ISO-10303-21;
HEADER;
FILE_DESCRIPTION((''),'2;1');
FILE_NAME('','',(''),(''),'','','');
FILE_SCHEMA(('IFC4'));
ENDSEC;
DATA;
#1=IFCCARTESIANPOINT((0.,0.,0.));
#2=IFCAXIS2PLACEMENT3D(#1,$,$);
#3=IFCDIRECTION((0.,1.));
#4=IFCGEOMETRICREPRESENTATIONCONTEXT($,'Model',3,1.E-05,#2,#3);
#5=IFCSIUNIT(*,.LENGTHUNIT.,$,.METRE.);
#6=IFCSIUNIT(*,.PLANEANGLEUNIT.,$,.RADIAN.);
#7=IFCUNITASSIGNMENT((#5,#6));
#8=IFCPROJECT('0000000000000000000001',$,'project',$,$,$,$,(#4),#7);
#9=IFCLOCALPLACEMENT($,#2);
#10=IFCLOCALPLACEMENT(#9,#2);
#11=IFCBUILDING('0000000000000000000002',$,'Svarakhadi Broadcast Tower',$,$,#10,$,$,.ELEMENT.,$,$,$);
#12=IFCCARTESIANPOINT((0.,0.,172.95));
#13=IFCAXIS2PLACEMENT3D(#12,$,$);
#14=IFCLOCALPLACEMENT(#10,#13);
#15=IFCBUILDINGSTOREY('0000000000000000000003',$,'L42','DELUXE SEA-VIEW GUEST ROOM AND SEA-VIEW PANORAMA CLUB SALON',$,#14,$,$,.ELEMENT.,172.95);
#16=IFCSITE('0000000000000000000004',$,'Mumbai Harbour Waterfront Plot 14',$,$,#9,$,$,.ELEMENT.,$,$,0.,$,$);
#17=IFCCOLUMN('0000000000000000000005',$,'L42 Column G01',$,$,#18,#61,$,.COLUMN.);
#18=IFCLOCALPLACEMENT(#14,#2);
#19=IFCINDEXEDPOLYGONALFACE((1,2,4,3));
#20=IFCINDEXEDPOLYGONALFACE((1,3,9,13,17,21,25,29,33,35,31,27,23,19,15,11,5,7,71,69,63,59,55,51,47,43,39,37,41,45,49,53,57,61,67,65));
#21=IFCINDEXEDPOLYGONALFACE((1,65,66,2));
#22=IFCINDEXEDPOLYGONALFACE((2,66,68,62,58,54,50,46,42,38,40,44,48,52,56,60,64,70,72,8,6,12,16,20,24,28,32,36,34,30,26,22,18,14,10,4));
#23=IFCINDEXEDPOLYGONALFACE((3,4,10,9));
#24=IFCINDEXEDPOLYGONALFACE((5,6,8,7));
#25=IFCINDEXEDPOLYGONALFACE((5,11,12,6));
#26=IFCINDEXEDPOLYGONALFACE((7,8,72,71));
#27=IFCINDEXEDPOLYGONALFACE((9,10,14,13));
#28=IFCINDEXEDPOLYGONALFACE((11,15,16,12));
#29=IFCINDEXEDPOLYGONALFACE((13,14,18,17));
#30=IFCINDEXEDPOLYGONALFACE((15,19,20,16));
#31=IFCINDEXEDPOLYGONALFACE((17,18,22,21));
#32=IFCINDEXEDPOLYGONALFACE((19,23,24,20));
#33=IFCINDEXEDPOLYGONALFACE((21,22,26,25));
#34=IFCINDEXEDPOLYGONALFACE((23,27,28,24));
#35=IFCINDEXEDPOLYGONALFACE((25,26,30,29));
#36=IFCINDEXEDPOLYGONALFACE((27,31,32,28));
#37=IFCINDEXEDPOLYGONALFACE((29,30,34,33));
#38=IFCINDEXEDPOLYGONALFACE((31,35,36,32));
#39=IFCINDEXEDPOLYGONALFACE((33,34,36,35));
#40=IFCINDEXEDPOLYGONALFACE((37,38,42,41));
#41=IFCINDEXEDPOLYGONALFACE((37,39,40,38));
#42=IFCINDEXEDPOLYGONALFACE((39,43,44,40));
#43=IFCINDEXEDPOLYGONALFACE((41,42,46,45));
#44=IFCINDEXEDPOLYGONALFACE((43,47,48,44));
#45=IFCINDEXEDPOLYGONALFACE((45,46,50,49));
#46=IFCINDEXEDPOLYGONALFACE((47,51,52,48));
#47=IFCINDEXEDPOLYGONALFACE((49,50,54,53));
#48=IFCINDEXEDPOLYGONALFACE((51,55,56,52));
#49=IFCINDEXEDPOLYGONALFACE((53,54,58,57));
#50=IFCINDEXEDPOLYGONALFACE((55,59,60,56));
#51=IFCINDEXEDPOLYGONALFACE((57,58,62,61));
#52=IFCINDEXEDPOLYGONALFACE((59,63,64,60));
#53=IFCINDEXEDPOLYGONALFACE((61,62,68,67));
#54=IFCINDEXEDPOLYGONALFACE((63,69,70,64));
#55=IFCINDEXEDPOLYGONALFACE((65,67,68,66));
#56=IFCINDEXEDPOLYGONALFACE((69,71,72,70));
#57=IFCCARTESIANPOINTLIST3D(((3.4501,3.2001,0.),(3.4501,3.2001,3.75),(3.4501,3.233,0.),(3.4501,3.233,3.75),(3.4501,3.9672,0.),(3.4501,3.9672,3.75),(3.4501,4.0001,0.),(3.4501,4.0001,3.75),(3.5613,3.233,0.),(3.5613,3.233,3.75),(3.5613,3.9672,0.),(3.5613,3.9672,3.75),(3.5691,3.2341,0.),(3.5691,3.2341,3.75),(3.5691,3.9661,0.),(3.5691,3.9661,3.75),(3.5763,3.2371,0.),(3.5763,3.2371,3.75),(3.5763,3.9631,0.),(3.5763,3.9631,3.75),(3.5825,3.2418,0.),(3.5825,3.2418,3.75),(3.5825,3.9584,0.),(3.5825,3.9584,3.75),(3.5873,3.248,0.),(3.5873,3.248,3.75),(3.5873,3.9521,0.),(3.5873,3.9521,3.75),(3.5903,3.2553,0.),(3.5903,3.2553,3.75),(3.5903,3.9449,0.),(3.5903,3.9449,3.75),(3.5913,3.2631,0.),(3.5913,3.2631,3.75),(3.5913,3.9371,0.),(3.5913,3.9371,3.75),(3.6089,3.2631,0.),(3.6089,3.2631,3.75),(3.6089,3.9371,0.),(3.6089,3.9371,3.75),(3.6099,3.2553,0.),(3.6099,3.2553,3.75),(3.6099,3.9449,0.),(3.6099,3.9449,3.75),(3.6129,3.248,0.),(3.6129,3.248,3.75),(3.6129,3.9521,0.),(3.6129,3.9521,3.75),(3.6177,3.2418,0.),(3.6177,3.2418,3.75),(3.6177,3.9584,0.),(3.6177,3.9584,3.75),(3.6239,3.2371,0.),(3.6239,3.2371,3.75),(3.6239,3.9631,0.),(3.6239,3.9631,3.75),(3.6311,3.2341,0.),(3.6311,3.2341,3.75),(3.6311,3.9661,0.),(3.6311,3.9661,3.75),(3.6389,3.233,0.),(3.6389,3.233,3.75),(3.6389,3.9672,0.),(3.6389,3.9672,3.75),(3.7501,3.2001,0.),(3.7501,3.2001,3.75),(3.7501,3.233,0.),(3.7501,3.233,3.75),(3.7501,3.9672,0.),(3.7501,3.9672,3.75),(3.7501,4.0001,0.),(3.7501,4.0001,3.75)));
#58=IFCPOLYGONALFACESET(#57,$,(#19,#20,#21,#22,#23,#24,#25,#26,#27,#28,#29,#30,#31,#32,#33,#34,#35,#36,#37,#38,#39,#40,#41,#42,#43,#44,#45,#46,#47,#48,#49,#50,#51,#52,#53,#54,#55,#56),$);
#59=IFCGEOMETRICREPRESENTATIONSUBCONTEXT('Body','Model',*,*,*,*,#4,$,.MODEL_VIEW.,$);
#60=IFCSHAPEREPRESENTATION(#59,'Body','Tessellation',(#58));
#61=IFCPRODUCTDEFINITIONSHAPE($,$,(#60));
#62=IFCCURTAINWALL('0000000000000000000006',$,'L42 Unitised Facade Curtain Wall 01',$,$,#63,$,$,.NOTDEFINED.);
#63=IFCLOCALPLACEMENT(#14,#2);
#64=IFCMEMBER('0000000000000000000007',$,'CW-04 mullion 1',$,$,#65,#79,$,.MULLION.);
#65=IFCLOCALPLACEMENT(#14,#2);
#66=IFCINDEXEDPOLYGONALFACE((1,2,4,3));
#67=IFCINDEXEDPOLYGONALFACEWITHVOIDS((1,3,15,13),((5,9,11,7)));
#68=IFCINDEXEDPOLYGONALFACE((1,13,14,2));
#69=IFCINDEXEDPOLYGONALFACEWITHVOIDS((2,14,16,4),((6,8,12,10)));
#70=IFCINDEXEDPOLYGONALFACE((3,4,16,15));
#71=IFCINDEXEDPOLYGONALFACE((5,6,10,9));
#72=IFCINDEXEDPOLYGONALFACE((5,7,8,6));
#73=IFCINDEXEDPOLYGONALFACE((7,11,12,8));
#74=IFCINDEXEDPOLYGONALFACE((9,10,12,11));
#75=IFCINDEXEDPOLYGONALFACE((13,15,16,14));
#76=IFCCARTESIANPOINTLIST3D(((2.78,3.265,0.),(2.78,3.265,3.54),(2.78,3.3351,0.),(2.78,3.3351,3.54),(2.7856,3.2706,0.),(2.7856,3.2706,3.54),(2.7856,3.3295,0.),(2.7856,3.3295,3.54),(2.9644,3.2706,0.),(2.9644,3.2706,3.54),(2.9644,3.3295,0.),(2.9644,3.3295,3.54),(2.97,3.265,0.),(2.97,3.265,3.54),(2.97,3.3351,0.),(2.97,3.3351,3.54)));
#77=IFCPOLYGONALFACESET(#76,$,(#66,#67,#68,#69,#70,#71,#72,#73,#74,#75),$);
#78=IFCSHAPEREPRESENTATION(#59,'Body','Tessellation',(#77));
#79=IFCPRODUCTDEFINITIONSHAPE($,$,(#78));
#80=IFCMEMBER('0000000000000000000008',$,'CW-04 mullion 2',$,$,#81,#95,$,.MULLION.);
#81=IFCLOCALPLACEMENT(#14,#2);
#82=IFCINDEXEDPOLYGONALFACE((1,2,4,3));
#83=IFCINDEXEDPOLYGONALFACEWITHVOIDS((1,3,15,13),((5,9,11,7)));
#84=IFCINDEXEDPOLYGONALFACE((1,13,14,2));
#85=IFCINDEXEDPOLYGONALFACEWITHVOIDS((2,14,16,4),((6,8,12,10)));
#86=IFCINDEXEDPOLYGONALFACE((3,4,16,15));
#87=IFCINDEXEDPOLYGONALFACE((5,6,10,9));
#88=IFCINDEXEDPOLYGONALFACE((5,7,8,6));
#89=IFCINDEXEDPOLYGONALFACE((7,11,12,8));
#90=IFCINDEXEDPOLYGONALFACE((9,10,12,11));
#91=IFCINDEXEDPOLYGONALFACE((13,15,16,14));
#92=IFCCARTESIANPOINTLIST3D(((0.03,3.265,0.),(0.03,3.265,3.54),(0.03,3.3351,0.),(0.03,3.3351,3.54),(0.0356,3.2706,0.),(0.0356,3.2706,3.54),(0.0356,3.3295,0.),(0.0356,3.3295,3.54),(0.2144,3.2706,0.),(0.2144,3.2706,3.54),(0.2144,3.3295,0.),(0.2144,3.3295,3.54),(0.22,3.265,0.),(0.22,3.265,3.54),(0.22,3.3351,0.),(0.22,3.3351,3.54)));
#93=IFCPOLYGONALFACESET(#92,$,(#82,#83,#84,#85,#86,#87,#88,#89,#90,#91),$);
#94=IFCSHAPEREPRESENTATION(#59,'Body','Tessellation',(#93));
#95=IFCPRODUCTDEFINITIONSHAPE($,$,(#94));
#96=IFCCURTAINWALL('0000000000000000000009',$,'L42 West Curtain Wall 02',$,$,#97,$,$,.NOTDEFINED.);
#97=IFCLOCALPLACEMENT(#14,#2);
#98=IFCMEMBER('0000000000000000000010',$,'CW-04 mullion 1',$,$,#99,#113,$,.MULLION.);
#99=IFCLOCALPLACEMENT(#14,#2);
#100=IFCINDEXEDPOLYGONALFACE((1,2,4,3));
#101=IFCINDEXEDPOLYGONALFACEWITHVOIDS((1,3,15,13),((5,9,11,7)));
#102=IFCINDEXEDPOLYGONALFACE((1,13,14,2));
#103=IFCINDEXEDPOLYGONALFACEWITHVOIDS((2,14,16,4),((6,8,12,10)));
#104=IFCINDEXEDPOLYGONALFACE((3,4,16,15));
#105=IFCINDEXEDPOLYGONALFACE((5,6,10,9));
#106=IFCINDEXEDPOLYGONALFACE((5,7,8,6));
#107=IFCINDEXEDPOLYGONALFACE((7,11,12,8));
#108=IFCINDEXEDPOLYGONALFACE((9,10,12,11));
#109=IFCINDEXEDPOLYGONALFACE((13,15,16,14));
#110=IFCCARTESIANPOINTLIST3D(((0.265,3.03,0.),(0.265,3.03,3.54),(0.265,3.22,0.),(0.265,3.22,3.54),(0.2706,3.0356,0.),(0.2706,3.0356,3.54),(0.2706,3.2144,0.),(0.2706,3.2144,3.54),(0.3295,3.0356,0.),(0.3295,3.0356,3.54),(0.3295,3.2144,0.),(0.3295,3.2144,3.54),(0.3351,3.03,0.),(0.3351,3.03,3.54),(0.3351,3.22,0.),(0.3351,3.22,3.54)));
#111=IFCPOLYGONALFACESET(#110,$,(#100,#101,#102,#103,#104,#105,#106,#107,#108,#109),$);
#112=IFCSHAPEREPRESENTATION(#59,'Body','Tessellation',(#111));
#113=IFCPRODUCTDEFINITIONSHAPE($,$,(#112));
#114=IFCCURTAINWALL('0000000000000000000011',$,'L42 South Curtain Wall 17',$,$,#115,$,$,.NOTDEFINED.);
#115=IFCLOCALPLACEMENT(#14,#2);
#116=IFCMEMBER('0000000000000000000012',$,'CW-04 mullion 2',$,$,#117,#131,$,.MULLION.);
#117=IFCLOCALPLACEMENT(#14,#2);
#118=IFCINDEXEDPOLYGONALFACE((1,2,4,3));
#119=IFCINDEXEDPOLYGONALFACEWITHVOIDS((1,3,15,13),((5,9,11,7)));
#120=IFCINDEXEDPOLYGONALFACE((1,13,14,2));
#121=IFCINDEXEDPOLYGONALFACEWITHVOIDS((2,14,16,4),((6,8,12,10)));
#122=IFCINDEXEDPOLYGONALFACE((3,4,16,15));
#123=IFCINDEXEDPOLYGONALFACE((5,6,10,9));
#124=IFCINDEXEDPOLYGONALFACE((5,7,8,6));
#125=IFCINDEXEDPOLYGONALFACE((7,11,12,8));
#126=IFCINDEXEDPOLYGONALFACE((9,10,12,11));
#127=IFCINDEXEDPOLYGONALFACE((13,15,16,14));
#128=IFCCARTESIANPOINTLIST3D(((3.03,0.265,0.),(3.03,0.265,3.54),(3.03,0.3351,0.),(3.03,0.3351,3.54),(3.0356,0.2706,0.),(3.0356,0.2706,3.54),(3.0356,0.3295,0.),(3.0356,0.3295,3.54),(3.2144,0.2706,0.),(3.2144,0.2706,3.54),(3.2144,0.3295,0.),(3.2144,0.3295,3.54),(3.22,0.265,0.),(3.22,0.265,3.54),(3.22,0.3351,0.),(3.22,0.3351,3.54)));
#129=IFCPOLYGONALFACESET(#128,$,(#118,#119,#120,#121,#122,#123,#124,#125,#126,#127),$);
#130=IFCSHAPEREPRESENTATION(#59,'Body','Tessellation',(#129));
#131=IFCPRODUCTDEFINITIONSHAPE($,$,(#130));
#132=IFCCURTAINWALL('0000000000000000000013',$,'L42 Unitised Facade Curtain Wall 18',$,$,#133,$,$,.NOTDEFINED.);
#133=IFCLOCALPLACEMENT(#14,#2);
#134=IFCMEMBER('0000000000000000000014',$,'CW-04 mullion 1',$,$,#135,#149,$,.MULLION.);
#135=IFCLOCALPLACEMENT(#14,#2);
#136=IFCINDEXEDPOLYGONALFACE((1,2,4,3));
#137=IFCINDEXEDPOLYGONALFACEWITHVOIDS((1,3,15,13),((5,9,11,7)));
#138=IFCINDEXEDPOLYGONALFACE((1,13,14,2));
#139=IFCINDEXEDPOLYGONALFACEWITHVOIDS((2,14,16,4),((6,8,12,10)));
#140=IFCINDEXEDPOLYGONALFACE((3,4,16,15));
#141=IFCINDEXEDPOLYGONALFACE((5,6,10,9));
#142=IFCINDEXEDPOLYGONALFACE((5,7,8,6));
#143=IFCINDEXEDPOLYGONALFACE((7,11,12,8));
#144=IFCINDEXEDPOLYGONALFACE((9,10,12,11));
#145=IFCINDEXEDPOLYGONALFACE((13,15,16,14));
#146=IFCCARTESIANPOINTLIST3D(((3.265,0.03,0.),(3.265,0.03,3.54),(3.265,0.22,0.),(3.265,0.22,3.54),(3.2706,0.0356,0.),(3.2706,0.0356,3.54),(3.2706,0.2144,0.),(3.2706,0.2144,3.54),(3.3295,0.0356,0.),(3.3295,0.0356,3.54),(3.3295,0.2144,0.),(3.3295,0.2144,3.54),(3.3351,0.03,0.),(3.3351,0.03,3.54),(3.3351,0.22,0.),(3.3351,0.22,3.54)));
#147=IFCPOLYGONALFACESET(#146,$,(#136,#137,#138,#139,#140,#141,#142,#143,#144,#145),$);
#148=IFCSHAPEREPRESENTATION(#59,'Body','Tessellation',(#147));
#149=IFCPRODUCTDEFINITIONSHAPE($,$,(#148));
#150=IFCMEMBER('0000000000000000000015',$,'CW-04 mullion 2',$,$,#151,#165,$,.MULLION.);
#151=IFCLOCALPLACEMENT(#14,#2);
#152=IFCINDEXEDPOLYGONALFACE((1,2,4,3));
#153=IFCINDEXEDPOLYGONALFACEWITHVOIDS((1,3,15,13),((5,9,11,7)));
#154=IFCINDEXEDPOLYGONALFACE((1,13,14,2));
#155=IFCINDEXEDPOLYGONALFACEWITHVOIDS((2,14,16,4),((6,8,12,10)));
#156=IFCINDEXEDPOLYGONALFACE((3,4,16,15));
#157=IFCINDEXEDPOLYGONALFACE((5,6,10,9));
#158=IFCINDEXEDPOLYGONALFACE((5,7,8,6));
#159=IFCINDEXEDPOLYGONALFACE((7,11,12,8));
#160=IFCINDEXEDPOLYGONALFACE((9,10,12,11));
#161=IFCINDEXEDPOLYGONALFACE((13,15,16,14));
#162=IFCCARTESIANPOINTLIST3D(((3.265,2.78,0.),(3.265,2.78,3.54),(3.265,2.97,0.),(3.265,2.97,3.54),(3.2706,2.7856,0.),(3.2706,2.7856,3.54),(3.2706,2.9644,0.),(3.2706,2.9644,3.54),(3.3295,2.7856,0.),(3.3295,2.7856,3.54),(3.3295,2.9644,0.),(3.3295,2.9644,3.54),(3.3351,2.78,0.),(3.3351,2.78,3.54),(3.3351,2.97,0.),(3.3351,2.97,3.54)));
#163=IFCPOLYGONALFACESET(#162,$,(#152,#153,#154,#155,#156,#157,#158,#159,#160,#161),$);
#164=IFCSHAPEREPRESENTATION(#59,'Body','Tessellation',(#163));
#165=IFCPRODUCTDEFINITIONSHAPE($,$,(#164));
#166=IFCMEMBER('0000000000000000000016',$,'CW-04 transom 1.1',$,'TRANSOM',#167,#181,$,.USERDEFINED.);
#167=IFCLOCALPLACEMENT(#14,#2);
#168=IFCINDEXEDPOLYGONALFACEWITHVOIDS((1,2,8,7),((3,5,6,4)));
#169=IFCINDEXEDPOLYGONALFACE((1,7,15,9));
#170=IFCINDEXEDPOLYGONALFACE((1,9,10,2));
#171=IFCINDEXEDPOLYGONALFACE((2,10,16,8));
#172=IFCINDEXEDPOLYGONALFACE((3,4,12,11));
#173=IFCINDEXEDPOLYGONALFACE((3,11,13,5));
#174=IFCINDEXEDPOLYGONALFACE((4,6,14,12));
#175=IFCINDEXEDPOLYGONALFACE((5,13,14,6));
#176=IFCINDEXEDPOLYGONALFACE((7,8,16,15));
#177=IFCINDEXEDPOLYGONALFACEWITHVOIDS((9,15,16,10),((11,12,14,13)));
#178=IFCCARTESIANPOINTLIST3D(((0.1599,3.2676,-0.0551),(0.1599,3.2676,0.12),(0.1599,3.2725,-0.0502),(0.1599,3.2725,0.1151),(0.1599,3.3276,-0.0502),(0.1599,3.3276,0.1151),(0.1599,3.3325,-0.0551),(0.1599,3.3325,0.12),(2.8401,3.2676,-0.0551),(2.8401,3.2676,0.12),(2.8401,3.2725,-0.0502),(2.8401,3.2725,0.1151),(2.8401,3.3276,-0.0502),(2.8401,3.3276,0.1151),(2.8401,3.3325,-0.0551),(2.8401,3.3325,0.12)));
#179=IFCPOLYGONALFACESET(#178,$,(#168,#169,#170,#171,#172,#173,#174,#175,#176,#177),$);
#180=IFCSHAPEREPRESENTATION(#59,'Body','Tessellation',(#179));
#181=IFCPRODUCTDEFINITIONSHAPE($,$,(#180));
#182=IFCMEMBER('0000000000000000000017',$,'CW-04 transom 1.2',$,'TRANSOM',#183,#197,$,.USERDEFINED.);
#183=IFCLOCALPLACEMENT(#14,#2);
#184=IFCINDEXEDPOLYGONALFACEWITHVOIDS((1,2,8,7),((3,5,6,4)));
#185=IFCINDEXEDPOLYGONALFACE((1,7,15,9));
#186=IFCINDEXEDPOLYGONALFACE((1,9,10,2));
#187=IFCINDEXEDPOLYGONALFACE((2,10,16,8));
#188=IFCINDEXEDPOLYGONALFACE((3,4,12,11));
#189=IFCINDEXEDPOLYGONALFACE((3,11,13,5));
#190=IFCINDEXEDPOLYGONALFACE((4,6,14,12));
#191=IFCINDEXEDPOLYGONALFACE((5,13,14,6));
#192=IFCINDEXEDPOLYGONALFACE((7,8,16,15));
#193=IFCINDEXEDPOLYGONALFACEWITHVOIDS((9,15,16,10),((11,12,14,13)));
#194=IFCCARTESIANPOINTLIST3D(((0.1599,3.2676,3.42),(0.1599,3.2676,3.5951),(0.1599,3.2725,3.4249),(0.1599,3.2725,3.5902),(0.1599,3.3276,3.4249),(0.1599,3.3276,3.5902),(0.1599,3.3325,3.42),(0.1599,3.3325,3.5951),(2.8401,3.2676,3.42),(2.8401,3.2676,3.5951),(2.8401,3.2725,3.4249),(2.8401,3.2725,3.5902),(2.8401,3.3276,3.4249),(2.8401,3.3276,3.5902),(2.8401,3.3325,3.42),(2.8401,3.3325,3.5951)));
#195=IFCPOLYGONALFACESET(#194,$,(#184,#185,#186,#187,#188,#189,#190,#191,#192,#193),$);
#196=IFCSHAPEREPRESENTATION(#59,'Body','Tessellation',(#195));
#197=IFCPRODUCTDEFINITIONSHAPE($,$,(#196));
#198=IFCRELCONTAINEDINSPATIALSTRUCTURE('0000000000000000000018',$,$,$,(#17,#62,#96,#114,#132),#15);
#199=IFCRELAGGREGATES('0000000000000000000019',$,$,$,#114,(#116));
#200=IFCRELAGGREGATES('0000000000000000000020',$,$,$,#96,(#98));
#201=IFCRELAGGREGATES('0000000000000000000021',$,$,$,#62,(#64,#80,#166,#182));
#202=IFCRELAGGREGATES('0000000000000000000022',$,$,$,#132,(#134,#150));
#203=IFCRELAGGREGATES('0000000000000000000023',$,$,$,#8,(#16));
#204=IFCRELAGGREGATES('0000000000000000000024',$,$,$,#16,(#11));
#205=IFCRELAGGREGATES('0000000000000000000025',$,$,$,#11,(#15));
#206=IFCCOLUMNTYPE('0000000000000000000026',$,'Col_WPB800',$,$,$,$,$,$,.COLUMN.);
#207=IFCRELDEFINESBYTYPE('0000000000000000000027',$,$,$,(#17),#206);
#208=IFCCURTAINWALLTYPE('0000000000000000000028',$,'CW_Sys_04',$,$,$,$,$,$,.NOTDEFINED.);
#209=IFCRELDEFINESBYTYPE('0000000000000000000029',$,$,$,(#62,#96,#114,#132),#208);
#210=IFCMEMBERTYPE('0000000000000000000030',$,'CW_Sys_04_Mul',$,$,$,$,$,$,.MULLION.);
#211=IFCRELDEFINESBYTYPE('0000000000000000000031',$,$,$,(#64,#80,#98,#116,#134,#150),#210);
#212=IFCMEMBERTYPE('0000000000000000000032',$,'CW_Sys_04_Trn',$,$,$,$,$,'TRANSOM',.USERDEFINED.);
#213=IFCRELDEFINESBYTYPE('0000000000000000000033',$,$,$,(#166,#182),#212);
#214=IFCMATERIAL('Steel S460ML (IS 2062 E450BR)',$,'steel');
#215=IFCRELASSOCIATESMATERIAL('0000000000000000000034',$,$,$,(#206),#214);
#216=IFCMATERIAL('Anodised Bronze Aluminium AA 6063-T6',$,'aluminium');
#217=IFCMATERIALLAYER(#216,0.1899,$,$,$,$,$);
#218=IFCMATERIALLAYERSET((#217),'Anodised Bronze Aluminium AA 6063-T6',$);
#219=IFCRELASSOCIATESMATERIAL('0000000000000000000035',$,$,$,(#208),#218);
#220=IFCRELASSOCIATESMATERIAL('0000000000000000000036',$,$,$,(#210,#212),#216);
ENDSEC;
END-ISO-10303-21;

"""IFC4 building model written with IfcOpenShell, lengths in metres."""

from ifc_helpers import new_model, si_unit, direction, frame, origin, origin_2d, place, context, subcontext, project, spatial, hollow_rectangle, i_section, extrude, material, layer, layer_set, material_profile, profile_set, type_object, element, aggregate, save


model = new_model("IFC4")

# Units and contexts
model_context = context("Model", 3, precision=1e-05, world=origin(), true_north=direction((0.0, 1.0)))
body_context = subcontext(model_context, "Body", "Model", "MODEL_VIEW")
ifc_project = project(units=[si_unit("LENGTHUNIT", "METRE"), si_unit("PLANEANGLEUNIT", "RADIAN")], contexts=[model_context])

# Site, building, storey
site_placement = place(None, origin())
site = spatial("IfcSite", under=ifc_project, at=site_placement, Name="Mumbai Harbour Waterfront Plot 14", CompositionType="ELEMENT", RefElevation=0.0)
building_placement = place(site_placement, origin())
building = spatial("IfcBuilding", under=site, at=building_placement, Name="Svarakhadi Broadcast Tower", CompositionType="ELEMENT")
storey_placement = place(building_placement, frame((0.0, 0.0, 172.95)))
storey = spatial("IfcBuildingStorey", under=building, at=storey_placement, Name="L42", Description="DELUXE SEA-VIEW GUEST ROOM AND SEA-VIEW PANORAMA CLUB SALON", CompositionType="ELEMENT", Elevation=172.95)

# Column
ifc_material_1 = material(Name="Steel S460ML (IS 2062 E450BR)", Category="steel")
ifc_material_profile_1 = material_profile(ifc_material_1, i_section(OverallWidth=0.3, OverallDepth=0.8, WebThickness=0.0176, FlangeThickness=0.033, FilletRadius=0.03, at=origin_2d()), Name="WPB 800x300x262")
ifc_profile_set_1 = profile_set([ifc_material_profile_1], Name="Steel S460ML (IS 2062 E450BR)")
column_type = type_object("IfcColumnType", Name="Col_WPB800", PredefinedType="COLUMN", material=ifc_profile_set_1)
column_placement = place(storey_placement, frame((3.6001, 3.6001, 0.0), z_axis=(0.0, 0.0, 1.0), x_axis=(1.0, 0.0, 0.0)))
element("IfcColumn", 1, at=column_placement, inside=storey, type_object=column_type, Name="L42 Column G01", PredefinedType="COLUMN", context=body_context, shape_type="SweptSolid", body=[
    extrude(i_section(OverallWidth=0.3, OverallDepth=0.8, WebThickness=0.0176, FlangeThickness=0.033, FilletRadius=0.03, at=origin_2d()), origin(), (0.0, 0.0, 1.0), 3.75),
])

# Curtain wall, members
ifc_material_2 = material(Name="Anodised Bronze Aluminium AA 6063-T6", Category="aluminium")
ifc_layer_1 = layer(ifc_material_2, 0.1899)
ifc_layer_set_1 = layer_set([ifc_layer_1], Name="Anodised Bronze Aluminium AA 6063-T6")
curtain_wall_type = type_object("IfcCurtainWallType", Name="CW_Sys_04", PredefinedType="NOTDEFINED", material=ifc_layer_set_1)
curtain_wall_1_placement = place(storey_placement, origin())
curtain_wall_1 = element("IfcCurtainWall", 2, at=curtain_wall_1_placement, inside=storey, type_object=curtain_wall_type, Name="L42 Unitised Facade Curtain Wall 01", PredefinedType="NOTDEFINED")
ifc_material_profile_2 = material_profile(ifc_material_2, hollow_rectangle(XDim=0.0701, YDim=0.1899, WallThickness=0.0056, at=origin_2d()), Name="ALU MULLION 190x70x6")
ifc_profile_set_2 = profile_set([ifc_material_profile_2], Name="Anodised Bronze Aluminium AA 6063-T6")
member_type_1 = type_object("IfcMemberType", Name="CW_Sys_04_Mul", PredefinedType="MULLION", material=ifc_profile_set_2)
member_1_placement = place(storey_placement, frame((2.875, 3.3, 0.0), z_axis=(0.0, 0.0, 1.0), x_axis=(0.0, -1.0, 0.0)))
member_1 = element("IfcMember", 3, at=member_1_placement, type_object=member_type_1, Name="CW-04 mullion 1", PredefinedType="MULLION", context=body_context, shape_type="SweptSolid", body=[
    extrude(hollow_rectangle(XDim=0.0701, YDim=0.1899, WallThickness=0.0056, at=origin_2d()), origin(), (0.0, 0.0, 1.0), 3.54),
])
member_2_placement = place(storey_placement, frame((0.125, 3.3, 0.0), z_axis=(0.0, 0.0, 1.0), x_axis=(0.0, -1.0, 0.0)))
member_2 = element("IfcMember", 4, at=member_2_placement, type_object=member_type_1, Name="CW-04 mullion 2", PredefinedType="MULLION", context=body_context, shape_type="SweptSolid", body=[
    extrude(hollow_rectangle(XDim=0.0701, YDim=0.1899, WallThickness=0.0056, at=origin_2d()), origin(), (0.0, 0.0, 1.0), 3.54),
])

# Curtain walls, members
curtain_wall_2_placement = place(storey_placement, origin())
curtain_wall_2 = element("IfcCurtainWall", 5, at=curtain_wall_2_placement, inside=storey, type_object=curtain_wall_type, Name="L42 West Curtain Wall 02", PredefinedType="NOTDEFINED")
member_3_placement = place(storey_placement, frame((0.3, 3.125, 0.0), z_axis=(0.0, 0.0, 1.0), x_axis=(-1.0, 0.0, 0.0)))
member_3 = element("IfcMember", 6, at=member_3_placement, type_object=member_type_1, Name="CW-04 mullion 1", PredefinedType="MULLION", context=body_context, shape_type="SweptSolid", body=[
    extrude(hollow_rectangle(XDim=0.0701, YDim=0.1899, WallThickness=0.0056, at=origin_2d()), origin(), (0.0, 0.0, 1.0), 3.54),
])
curtain_wall_3_placement = place(storey_placement, origin())
curtain_wall_3 = element("IfcCurtainWall", 7, at=curtain_wall_3_placement, inside=storey, type_object=curtain_wall_type, Name="L42 South Curtain Wall 17", PredefinedType="NOTDEFINED")
member_4_placement = place(storey_placement, frame((3.125, 0.3, 0.0), z_axis=(0.0, 0.0, 1.0), x_axis=(0.0, -1.0, 0.0)))
member_4 = element("IfcMember", 8, at=member_4_placement, type_object=member_type_1, Name="CW-04 mullion 2", PredefinedType="MULLION", context=body_context, shape_type="SweptSolid", body=[
    extrude(hollow_rectangle(XDim=0.0701, YDim=0.1899, WallThickness=0.0056, at=origin_2d()), origin(), (0.0, 0.0, 1.0), 3.54),
])
aggregate(curtain_wall_3, [member_4])

# Curtain wall, members
curtain_wall_4_placement = place(storey_placement, origin())
curtain_wall_4 = element("IfcCurtainWall", 9, at=curtain_wall_4_placement, inside=storey, type_object=curtain_wall_type, Name="L42 Unitised Facade Curtain Wall 18", PredefinedType="NOTDEFINED")
member_5_placement = place(storey_placement, frame((3.3, 0.125, 0.0), z_axis=(0.0, 0.0, 1.0), x_axis=(-1.0, 0.0, 0.0)))
member_5 = element("IfcMember", 10, at=member_5_placement, type_object=member_type_1, Name="CW-04 mullion 1", PredefinedType="MULLION", context=body_context, shape_type="SweptSolid", body=[
    extrude(hollow_rectangle(XDim=0.0701, YDim=0.1899, WallThickness=0.0056, at=origin_2d()), origin(), (0.0, 0.0, 1.0), 3.54),
])
member_6_placement = place(storey_placement, frame((3.3, 2.875, 0.0), z_axis=(0.0, 0.0, 1.0), x_axis=(-1.0, 0.0, 0.0)))
member_6 = element("IfcMember", 11, at=member_6_placement, type_object=member_type_1, Name="CW-04 mullion 2", PredefinedType="MULLION", context=body_context, shape_type="SweptSolid", body=[
    extrude(hollow_rectangle(XDim=0.0701, YDim=0.1899, WallThickness=0.0056, at=origin_2d()), origin(), (0.0, 0.0, 1.0), 3.54),
])

# Members
ifc_material_profile_3 = material_profile(ifc_material_2, hollow_rectangle(XDim=0.0649, YDim=0.175, WallThickness=0.0049, at=origin_2d()), Name="ALU TRANSOM 175x65x5")
ifc_profile_set_3 = profile_set([ifc_material_profile_3], Name="Anodised Bronze Aluminium AA 6063-T6")
member_type_2 = type_object("IfcMemberType", Name="CW_Sys_04_Trn", ElementType="TRANSOM", PredefinedType="USERDEFINED", material=ifc_profile_set_3)
member_7_placement = place(storey_placement, frame((2.8401, 3.3, 0.0325), z_axis=(-1.0, 0.0, 0.0), x_axis=(0.0, -1.0, 0.0)))
member_7 = element("IfcMember", 12, at=member_7_placement, type_object=member_type_2, Name="CW-04 transom 1.1", ObjectType="TRANSOM", PredefinedType="USERDEFINED", context=body_context, shape_type="SweptSolid", body=[
    extrude(hollow_rectangle(XDim=0.0649, YDim=0.175, WallThickness=0.0049, at=origin_2d()), origin(), (0.0, 0.0, 1.0), 2.6802),
])
member_8_placement = place(storey_placement, frame((2.8401, 3.3, 3.5076), z_axis=(-1.0, 0.0, 0.0), x_axis=(0.0, -1.0, 0.0)))
member_8 = element("IfcMember", 13, at=member_8_placement, type_object=member_type_2, Name="CW-04 transom 1.2", ObjectType="TRANSOM", PredefinedType="USERDEFINED", context=body_context, shape_type="SweptSolid", body=[
    extrude(hollow_rectangle(XDim=0.0649, YDim=0.175, WallThickness=0.0049, at=origin_2d()), origin(), (0.0, 0.0, 1.0), 2.6802),
])
aggregate(curtain_wall_2, [member_3])

aggregate(curtain_wall_1, [member_1, member_2, member_7, member_8])
aggregate(curtain_wall_4, [member_5, member_6])

save(model, "model.ifc")
